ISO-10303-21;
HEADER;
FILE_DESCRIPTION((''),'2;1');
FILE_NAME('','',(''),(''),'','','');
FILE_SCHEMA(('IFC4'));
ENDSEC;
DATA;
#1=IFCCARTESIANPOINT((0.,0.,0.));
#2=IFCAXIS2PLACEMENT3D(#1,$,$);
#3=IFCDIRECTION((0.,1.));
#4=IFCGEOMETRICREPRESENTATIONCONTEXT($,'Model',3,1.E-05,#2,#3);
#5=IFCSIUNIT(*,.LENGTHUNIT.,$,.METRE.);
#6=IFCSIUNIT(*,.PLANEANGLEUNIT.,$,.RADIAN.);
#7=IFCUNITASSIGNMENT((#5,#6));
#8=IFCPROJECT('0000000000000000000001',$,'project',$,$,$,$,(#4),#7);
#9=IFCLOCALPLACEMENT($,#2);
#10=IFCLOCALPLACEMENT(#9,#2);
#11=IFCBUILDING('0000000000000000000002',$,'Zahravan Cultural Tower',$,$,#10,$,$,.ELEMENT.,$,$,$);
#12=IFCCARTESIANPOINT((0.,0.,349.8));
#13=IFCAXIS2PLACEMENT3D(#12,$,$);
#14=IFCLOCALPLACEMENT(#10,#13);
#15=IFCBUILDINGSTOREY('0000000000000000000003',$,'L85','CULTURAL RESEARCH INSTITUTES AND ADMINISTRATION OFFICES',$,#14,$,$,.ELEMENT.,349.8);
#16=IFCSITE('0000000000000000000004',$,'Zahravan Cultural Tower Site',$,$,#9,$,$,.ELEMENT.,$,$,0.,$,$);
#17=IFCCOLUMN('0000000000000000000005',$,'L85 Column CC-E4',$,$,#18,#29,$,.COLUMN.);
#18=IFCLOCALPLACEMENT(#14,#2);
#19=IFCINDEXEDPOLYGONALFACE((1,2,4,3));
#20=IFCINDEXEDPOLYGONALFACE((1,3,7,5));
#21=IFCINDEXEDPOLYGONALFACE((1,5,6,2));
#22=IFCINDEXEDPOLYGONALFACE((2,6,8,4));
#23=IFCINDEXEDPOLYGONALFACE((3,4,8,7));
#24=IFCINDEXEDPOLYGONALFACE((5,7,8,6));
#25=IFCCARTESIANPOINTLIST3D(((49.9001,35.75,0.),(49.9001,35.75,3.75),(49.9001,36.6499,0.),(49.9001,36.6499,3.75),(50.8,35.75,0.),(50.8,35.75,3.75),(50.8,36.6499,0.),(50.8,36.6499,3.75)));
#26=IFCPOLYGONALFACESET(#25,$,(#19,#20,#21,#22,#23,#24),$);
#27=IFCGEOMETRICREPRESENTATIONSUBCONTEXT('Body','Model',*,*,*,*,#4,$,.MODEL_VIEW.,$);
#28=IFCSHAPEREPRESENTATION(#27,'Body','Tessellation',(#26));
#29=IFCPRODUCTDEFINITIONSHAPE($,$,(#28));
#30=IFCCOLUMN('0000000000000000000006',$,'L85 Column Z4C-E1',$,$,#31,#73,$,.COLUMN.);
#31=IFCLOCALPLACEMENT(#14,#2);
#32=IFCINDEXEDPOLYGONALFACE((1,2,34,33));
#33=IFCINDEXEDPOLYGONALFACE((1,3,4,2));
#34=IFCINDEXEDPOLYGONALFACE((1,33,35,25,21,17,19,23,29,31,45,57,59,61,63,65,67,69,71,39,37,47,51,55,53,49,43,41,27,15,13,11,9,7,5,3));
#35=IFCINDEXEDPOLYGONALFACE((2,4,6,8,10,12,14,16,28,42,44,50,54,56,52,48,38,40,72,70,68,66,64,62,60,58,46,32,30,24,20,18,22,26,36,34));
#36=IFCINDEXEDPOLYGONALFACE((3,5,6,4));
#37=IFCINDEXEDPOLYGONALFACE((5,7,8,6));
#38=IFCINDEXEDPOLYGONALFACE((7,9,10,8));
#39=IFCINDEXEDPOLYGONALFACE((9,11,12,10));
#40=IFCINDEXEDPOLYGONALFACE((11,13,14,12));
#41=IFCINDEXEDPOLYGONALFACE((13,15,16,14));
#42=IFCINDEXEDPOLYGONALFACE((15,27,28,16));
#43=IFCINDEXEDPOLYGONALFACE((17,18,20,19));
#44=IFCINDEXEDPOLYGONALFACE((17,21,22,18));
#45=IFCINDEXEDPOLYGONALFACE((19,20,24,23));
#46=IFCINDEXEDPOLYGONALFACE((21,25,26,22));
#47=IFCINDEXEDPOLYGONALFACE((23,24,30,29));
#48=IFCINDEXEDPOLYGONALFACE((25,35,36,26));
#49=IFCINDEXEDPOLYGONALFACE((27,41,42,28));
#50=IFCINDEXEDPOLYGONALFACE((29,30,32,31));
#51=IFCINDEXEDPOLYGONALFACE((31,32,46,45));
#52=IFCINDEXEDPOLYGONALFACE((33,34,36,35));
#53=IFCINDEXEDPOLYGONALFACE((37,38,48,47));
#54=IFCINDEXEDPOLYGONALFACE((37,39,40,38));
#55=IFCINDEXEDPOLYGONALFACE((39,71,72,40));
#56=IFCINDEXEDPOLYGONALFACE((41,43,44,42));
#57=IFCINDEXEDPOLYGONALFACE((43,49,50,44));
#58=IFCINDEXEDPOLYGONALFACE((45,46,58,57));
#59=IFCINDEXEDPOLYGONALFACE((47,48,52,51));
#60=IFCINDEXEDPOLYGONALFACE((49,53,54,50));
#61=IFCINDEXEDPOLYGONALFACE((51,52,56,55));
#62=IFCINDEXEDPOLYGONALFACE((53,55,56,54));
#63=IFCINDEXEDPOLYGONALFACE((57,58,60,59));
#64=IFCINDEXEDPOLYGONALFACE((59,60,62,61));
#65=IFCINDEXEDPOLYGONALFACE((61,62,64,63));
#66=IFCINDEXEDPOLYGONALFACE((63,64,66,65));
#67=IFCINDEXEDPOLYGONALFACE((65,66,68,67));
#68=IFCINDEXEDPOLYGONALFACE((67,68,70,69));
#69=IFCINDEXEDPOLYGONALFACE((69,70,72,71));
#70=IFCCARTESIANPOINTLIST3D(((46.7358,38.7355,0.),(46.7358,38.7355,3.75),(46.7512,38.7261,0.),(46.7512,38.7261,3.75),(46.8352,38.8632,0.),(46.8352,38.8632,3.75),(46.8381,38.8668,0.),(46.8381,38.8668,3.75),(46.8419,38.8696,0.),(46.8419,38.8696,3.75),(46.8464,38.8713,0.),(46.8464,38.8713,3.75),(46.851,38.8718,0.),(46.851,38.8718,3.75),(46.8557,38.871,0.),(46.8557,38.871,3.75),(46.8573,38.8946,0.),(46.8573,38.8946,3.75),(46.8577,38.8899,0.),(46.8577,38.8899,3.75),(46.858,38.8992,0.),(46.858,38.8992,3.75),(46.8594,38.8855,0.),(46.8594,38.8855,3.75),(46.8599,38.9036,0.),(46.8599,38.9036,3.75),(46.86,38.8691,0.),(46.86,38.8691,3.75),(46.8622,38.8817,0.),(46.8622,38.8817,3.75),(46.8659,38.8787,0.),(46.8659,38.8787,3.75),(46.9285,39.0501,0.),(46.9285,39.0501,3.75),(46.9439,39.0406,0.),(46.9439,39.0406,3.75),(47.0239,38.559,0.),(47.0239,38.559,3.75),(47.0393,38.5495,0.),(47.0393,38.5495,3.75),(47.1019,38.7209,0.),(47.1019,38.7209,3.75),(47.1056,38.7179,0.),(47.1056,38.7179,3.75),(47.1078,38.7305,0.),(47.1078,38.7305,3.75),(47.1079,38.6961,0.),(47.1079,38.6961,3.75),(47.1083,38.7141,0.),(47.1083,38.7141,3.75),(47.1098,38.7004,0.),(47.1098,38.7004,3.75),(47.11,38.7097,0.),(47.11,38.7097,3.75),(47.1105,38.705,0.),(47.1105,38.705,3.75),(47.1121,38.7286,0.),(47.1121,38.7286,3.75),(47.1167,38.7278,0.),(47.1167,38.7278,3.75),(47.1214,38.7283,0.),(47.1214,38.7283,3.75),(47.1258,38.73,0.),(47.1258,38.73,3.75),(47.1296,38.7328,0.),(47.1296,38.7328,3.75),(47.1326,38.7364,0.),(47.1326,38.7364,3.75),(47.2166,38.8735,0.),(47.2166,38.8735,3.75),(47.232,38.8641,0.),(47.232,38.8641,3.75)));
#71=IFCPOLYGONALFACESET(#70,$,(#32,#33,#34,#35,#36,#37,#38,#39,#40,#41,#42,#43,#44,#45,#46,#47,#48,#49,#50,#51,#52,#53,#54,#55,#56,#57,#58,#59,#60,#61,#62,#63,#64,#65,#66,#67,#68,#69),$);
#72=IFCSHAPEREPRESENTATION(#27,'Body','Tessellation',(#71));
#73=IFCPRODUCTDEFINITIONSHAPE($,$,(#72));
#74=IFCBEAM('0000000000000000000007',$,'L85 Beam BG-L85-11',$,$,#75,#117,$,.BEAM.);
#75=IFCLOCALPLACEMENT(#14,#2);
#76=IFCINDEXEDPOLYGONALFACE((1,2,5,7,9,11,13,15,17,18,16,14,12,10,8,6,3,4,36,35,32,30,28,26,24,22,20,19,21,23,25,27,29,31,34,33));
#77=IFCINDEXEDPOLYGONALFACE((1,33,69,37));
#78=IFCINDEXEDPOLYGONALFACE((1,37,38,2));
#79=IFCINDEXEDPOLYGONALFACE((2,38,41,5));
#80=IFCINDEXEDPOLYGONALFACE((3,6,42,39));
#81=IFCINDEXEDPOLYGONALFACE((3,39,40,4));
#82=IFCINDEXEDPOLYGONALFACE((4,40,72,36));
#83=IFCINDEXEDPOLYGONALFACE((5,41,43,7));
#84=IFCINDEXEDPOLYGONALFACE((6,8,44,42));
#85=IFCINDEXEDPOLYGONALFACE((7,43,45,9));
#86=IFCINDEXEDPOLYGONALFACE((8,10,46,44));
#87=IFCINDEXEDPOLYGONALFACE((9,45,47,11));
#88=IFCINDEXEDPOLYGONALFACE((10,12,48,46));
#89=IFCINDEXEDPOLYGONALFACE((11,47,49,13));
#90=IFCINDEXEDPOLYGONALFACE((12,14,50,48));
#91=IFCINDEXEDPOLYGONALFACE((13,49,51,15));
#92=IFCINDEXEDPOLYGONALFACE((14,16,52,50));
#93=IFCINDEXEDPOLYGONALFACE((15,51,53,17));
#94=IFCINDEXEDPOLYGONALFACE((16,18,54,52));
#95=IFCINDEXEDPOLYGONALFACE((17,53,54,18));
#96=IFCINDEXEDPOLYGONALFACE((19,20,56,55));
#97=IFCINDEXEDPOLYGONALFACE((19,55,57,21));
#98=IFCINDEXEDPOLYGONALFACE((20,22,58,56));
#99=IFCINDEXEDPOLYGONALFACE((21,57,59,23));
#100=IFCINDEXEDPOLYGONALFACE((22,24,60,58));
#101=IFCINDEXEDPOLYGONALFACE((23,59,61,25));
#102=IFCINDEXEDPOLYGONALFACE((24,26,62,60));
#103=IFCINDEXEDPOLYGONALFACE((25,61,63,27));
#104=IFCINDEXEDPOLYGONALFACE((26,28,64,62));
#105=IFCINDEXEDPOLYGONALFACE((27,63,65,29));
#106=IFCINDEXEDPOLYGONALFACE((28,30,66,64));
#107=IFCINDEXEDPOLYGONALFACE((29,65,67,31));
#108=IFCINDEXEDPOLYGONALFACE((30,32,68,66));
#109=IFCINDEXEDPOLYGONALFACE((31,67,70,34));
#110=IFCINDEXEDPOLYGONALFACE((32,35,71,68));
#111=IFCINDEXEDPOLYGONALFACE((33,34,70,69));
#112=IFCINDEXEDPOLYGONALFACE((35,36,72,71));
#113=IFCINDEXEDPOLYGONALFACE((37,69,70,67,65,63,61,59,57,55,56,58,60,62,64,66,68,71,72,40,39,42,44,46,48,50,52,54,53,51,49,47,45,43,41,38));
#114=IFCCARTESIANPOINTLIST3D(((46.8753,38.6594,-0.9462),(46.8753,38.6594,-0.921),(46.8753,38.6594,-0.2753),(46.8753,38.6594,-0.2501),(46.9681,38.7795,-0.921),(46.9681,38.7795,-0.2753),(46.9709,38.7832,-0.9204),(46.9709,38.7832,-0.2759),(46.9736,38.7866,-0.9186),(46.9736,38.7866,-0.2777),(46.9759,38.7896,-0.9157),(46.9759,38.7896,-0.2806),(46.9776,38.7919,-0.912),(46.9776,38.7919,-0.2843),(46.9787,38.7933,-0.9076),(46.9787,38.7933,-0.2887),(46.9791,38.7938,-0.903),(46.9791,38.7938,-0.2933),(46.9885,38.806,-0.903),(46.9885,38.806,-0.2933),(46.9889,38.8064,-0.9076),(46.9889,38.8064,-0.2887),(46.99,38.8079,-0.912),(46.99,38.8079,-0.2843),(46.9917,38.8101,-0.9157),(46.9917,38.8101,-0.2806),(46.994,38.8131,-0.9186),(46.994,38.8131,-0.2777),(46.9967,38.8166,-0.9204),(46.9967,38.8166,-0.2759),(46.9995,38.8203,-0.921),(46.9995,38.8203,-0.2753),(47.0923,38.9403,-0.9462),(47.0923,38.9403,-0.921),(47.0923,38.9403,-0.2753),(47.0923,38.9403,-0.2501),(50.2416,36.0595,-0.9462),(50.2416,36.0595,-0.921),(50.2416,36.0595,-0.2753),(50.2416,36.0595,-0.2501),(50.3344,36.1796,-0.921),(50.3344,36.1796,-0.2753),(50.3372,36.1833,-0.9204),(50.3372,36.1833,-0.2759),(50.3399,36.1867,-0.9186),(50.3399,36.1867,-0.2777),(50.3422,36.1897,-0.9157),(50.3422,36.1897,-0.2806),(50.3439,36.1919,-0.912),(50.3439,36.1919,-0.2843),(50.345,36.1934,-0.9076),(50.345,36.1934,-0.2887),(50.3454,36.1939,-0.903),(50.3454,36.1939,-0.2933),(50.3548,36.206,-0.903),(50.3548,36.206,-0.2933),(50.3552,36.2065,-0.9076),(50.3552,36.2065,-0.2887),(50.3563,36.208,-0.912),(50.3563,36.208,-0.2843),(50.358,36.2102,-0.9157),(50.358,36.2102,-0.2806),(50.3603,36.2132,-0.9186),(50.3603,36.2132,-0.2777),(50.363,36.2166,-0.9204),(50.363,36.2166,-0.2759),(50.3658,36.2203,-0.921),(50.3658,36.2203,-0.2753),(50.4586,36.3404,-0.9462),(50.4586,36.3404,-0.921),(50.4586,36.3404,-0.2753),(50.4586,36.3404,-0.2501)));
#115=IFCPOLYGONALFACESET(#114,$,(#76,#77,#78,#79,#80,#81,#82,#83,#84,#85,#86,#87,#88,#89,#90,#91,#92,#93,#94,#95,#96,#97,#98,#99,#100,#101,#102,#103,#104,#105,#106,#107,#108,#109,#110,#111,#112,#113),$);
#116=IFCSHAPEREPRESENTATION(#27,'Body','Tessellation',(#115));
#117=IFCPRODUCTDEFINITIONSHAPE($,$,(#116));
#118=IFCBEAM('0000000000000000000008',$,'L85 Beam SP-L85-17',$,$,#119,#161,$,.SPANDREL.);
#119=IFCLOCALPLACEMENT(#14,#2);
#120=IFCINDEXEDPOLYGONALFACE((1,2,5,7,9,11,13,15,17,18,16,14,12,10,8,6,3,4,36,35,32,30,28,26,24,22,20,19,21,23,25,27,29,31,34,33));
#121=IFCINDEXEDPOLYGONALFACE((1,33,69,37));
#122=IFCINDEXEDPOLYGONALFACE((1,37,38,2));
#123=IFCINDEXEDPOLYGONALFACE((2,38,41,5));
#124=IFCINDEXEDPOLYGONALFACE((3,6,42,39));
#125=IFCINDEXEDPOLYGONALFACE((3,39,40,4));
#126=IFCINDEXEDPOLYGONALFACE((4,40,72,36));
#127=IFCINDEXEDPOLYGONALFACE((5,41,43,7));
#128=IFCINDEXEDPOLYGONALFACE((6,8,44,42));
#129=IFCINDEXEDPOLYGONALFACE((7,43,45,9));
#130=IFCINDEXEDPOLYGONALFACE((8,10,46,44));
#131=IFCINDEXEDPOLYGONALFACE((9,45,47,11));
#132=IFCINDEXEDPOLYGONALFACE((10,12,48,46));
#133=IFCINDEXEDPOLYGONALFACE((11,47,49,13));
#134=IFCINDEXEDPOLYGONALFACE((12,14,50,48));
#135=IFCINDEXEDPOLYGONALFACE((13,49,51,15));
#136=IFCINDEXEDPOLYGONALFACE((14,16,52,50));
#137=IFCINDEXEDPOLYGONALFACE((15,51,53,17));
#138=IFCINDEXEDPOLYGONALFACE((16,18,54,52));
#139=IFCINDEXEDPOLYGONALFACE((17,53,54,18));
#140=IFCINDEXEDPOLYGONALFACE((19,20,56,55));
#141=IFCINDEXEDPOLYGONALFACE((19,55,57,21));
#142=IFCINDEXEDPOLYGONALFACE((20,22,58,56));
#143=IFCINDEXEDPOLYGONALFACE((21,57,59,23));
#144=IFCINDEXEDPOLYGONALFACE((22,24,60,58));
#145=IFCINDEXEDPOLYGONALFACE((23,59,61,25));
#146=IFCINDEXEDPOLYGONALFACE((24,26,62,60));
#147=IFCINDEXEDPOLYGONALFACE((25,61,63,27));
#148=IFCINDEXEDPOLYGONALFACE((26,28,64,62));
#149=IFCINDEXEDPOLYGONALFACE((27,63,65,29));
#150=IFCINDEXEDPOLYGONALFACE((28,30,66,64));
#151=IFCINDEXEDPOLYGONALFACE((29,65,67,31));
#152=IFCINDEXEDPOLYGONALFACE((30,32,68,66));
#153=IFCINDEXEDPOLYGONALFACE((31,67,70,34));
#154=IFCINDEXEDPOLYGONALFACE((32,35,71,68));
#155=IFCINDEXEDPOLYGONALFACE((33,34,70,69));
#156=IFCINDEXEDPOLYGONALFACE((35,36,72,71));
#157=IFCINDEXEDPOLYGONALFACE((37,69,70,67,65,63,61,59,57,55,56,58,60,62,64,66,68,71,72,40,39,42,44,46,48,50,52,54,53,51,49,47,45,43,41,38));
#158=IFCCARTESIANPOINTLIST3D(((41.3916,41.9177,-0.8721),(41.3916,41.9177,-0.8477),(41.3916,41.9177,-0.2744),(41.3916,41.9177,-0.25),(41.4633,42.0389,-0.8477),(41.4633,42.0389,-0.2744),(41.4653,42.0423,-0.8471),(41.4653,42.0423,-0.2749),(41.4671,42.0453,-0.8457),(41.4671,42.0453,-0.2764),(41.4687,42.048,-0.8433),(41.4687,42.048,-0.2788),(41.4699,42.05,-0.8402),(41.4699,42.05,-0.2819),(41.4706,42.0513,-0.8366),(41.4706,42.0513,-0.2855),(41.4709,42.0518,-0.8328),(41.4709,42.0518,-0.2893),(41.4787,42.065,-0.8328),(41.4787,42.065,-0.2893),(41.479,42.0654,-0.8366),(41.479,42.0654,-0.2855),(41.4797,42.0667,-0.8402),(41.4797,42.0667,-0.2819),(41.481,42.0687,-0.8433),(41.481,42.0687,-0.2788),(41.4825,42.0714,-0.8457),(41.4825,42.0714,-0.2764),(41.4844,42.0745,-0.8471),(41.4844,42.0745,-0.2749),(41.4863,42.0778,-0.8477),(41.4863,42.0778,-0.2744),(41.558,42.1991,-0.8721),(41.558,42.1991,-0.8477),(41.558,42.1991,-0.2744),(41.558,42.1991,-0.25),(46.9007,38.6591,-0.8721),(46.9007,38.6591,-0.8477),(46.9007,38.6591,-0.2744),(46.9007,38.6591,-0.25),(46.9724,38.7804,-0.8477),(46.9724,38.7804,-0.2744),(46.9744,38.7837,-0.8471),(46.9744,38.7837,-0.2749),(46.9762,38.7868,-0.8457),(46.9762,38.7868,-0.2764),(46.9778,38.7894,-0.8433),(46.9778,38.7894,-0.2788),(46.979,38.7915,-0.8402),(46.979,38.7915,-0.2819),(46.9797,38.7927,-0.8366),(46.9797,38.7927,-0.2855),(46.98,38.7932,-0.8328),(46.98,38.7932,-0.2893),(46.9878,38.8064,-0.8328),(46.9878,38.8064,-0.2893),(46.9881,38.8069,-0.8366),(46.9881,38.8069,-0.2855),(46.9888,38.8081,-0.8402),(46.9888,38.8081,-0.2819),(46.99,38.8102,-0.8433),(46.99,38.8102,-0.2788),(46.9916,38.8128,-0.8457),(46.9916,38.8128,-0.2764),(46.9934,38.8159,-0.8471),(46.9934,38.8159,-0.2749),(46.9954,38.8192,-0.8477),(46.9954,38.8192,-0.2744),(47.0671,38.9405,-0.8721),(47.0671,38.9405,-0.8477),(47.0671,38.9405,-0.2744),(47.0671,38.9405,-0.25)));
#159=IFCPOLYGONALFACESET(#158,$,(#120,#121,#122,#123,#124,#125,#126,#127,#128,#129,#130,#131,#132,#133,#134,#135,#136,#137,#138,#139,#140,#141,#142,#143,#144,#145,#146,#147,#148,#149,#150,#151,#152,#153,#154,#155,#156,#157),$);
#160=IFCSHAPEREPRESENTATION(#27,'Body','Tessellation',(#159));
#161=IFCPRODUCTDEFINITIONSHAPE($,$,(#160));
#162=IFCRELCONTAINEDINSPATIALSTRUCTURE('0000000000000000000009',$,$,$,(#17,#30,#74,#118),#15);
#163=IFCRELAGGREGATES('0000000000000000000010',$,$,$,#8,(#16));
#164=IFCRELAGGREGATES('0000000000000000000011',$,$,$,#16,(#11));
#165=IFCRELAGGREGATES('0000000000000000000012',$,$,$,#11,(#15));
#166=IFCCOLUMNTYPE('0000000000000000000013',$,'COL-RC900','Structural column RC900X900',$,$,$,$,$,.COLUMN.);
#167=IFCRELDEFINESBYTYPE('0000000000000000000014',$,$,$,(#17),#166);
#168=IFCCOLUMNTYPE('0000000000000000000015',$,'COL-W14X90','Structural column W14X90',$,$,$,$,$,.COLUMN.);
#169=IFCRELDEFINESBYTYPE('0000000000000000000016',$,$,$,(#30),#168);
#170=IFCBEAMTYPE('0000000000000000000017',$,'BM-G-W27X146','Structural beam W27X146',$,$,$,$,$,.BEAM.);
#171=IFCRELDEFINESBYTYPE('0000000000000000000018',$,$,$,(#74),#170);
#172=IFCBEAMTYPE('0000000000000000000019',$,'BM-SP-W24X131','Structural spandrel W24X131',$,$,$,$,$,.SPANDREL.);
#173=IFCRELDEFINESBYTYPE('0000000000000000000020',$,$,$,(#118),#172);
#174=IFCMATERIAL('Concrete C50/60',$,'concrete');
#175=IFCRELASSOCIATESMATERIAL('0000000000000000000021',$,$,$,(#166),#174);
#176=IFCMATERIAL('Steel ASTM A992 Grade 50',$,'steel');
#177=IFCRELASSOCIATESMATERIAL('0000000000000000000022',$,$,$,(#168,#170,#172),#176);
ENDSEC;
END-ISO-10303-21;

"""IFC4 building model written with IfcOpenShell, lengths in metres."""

from ifc_helpers import new_model, si_unit, direction, frame, origin, origin_2d, place, context, subcontext, project, spatial, rectangle, i_section, extrude, source, transform, mapped, material, material_profile, profile_set, type_object, element, save


model = new_model("IFC4")

# Units and contexts
model_context = context("Model", 3, precision=1e-05, world=origin(), true_north=direction((0.0, 1.0)))
body_context = subcontext(model_context, "Body", "Model", "MODEL_VIEW")
ifc_project = project(units=[si_unit("LENGTHUNIT", "METRE"), si_unit("PLANEANGLEUNIT", "RADIAN")], contexts=[model_context])

# Site, building, storey
site_placement = place(None, origin())
site = spatial("IfcSite", under=ifc_project, at=site_placement, Name="Zahravan Cultural Tower Site", CompositionType="ELEMENT", RefElevation=0.0)
building_placement = place(site_placement, origin())
building = spatial("IfcBuilding", under=site, at=building_placement, Name="Zahravan Cultural Tower", CompositionType="ELEMENT")
storey_placement = place(building_placement, frame((0.0, 0.0, 349.8)))
storey = spatial("IfcBuildingStorey", under=building, at=storey_placement, Name="L85", Description="CULTURAL RESEARCH INSTITUTES AND ADMINISTRATION OFFICES", CompositionType="ELEMENT", Elevation=349.8)

# Columns
ifc_material_1 = material(Name="Concrete C50/60", Category="concrete")
ifc_material_profile_1 = material_profile(ifc_material_1, rectangle(XDim=0.8999, YDim=0.8999, at=origin_2d()), Name="RC900X900")
ifc_profile_set_1 = profile_set([ifc_material_profile_1], Name="Concrete C50/60")
column_type_1 = type_object("IfcColumnType", Name="COL-RC900", Description="Structural column RC900X900", PredefinedType="COLUMN", material=ifc_profile_set_1)
shared_shape_1 = source(origin(), body_context, "Body", "SweptSolid", [
    extrude(rectangle(XDim=0.8999, YDim=0.8999, at=origin_2d()), origin(), (0.0, 0.0, 1.0), 3.75),
])
column_1_placement = place(storey_placement, frame((50.3501, 36.2, 0.0), z_axis=(0.0, 0.0, 1.0), x_axis=(1.0, 0.0, 0.0)))
element("IfcColumn", 1, at=column_1_placement, inside=storey, type_object=column_type_1, Name="L85 Column CC-E4", PredefinedType="COLUMN", context=body_context, shape_type="MappedRepresentation", body=[
    mapped(shared_shape_1, transform((0.0, 0.0, 0.0), x_axis=(1.0, 0.0, 0.0), y_axis=(0.0, 1.0, 0.0), z_axis=(0.0, 0.0, 1.0), scale=1.0)),
])
ifc_material_2 = material(Name="Steel ASTM A992 Grade 50", Category="steel")
ifc_material_profile_2 = material_profile(ifc_material_2, i_section(OverallWidth=0.3689, OverallDepth=0.356, WebThickness=0.0112, FlangeThickness=0.0181, FilletRadius=0.0181, at=origin_2d()), Name="W14X90")
ifc_profile_set_2 = profile_set([ifc_material_profile_2], Name="Steel ASTM A992 Grade 50")
column_type_2 = type_object("IfcColumnType", Name="COL-W14X90", Description="Structural column W14X90", PredefinedType="COLUMN", material=ifc_profile_set_2)
shared_shape_2 = source(origin(), body_context, "Body", "SweptSolid", [
    extrude(i_section(OverallWidth=0.3689, OverallDepth=0.356, WebThickness=0.0112, FlangeThickness=0.0181, FilletRadius=0.0181, at=origin_2d()), origin(), (0.0, 0.0, 1.0), 3.75),
])
column_2_placement = place(storey_placement, frame((46.9839, 38.7998, 0.0), z_axis=(0.0, 0.0, 1.0), x_axis=(0.522499, 0.85264, 0.0)))
element("IfcColumn", 2, at=column_2_placement, inside=storey, type_object=column_type_2, Name="L85 Column Z4C-E1", PredefinedType="COLUMN", context=body_context, shape_type="MappedRepresentation", body=[
    mapped(shared_shape_2, transform((0.0, 0.0, 0.0), x_axis=(1.0, 0.0, 0.0), y_axis=(0.0, 1.0, 0.0), z_axis=(0.0, 0.0, 1.0), scale=1.0)),
])

# Beams
ifc_material_profile_3 = material_profile(ifc_material_2, i_section(OverallWidth=0.355, OverallDepth=0.696, WebThickness=0.0154, FlangeThickness=0.0251, FilletRadius=0.0181, at=origin_2d()), Name="W27X146")
ifc_profile_set_3 = profile_set([ifc_material_profile_3], Name="Steel ASTM A992 Grade 50")
beam_type_1 = type_object("IfcBeamType", Name="BM-G-W27X146", Description="Structural beam W27X146", PredefinedType="BEAM", material=ifc_profile_set_3)
shared_shape_3 = source(origin(), body_context, "Body", "SweptSolid", [
    extrude(i_section(OverallWidth=0.355, OverallDepth=0.696, WebThickness=0.0154, FlangeThickness=0.0251, FilletRadius=0.0181, at=origin_2d()), origin(), (0.0, 0.0, 1.0), 4.2534),
])
beam_1_placement = place(storey_placement, frame((50.3501, 36.2, -0.5981), z_axis=(-0.791434, 0.611255, 0.0), x_axis=(-0.611255, -0.791434, 0.0)))
element("IfcBeam", 3, at=beam_1_placement, inside=storey, type_object=beam_type_1, Name="L85 Beam BG-L85-11", PredefinedType="BEAM", context=body_context, shape_type="MappedRepresentation", body=[
    mapped(shared_shape_3, transform((0.0, 0.0, 0.0), x_axis=(1.0, 0.0, 0.0), y_axis=(0.0, 1.0, 0.0), z_axis=(0.0, 0.0, 1.0), scale=1.0)),
])
ifc_material_profile_4 = material_profile(ifc_material_2, i_section(OverallWidth=0.3269, OverallDepth=0.6221, WebThickness=0.0154, FlangeThickness=0.0244, FilletRadius=0.0149, at=origin_2d()), Name="W24X131")
ifc_profile_set_4 = profile_set([ifc_material_profile_4], Name="Steel ASTM A992 Grade 50")
beam_type_2 = type_object("IfcBeamType", Name="BM-SP-W24X131", Description="Structural spandrel W24X131", PredefinedType="SPANDREL", material=ifc_profile_set_4)
shared_shape_4 = source(origin(), body_context, "Body", "SweptSolid", [
    extrude(i_section(OverallWidth=0.3269, OverallDepth=0.6221, WebThickness=0.0154, FlangeThickness=0.0244, FilletRadius=0.0149, at=origin_2d()), origin(), (0.0, 0.0, 1.0), 6.4006),
])
beam_2_placement = place(storey_placement, frame((46.9839, 38.7998, -0.561), z_axis=(-0.860707, 0.509101, 0.0), x_axis=(-0.509101, -0.860707, 0.0)))
element("IfcBeam", 4, at=beam_2_placement, inside=storey, type_object=beam_type_2, Name="L85 Beam SP-L85-17", PredefinedType="SPANDREL", context=body_context, shape_type="MappedRepresentation", body=[
    mapped(shared_shape_4, transform((0.0, 0.0, 0.0), x_axis=(1.0, 0.0, 0.0), y_axis=(0.0, 1.0, 0.0), z_axis=(0.0, 0.0, 1.0), scale=1.0)),
])

save(model, "model.ifc")
